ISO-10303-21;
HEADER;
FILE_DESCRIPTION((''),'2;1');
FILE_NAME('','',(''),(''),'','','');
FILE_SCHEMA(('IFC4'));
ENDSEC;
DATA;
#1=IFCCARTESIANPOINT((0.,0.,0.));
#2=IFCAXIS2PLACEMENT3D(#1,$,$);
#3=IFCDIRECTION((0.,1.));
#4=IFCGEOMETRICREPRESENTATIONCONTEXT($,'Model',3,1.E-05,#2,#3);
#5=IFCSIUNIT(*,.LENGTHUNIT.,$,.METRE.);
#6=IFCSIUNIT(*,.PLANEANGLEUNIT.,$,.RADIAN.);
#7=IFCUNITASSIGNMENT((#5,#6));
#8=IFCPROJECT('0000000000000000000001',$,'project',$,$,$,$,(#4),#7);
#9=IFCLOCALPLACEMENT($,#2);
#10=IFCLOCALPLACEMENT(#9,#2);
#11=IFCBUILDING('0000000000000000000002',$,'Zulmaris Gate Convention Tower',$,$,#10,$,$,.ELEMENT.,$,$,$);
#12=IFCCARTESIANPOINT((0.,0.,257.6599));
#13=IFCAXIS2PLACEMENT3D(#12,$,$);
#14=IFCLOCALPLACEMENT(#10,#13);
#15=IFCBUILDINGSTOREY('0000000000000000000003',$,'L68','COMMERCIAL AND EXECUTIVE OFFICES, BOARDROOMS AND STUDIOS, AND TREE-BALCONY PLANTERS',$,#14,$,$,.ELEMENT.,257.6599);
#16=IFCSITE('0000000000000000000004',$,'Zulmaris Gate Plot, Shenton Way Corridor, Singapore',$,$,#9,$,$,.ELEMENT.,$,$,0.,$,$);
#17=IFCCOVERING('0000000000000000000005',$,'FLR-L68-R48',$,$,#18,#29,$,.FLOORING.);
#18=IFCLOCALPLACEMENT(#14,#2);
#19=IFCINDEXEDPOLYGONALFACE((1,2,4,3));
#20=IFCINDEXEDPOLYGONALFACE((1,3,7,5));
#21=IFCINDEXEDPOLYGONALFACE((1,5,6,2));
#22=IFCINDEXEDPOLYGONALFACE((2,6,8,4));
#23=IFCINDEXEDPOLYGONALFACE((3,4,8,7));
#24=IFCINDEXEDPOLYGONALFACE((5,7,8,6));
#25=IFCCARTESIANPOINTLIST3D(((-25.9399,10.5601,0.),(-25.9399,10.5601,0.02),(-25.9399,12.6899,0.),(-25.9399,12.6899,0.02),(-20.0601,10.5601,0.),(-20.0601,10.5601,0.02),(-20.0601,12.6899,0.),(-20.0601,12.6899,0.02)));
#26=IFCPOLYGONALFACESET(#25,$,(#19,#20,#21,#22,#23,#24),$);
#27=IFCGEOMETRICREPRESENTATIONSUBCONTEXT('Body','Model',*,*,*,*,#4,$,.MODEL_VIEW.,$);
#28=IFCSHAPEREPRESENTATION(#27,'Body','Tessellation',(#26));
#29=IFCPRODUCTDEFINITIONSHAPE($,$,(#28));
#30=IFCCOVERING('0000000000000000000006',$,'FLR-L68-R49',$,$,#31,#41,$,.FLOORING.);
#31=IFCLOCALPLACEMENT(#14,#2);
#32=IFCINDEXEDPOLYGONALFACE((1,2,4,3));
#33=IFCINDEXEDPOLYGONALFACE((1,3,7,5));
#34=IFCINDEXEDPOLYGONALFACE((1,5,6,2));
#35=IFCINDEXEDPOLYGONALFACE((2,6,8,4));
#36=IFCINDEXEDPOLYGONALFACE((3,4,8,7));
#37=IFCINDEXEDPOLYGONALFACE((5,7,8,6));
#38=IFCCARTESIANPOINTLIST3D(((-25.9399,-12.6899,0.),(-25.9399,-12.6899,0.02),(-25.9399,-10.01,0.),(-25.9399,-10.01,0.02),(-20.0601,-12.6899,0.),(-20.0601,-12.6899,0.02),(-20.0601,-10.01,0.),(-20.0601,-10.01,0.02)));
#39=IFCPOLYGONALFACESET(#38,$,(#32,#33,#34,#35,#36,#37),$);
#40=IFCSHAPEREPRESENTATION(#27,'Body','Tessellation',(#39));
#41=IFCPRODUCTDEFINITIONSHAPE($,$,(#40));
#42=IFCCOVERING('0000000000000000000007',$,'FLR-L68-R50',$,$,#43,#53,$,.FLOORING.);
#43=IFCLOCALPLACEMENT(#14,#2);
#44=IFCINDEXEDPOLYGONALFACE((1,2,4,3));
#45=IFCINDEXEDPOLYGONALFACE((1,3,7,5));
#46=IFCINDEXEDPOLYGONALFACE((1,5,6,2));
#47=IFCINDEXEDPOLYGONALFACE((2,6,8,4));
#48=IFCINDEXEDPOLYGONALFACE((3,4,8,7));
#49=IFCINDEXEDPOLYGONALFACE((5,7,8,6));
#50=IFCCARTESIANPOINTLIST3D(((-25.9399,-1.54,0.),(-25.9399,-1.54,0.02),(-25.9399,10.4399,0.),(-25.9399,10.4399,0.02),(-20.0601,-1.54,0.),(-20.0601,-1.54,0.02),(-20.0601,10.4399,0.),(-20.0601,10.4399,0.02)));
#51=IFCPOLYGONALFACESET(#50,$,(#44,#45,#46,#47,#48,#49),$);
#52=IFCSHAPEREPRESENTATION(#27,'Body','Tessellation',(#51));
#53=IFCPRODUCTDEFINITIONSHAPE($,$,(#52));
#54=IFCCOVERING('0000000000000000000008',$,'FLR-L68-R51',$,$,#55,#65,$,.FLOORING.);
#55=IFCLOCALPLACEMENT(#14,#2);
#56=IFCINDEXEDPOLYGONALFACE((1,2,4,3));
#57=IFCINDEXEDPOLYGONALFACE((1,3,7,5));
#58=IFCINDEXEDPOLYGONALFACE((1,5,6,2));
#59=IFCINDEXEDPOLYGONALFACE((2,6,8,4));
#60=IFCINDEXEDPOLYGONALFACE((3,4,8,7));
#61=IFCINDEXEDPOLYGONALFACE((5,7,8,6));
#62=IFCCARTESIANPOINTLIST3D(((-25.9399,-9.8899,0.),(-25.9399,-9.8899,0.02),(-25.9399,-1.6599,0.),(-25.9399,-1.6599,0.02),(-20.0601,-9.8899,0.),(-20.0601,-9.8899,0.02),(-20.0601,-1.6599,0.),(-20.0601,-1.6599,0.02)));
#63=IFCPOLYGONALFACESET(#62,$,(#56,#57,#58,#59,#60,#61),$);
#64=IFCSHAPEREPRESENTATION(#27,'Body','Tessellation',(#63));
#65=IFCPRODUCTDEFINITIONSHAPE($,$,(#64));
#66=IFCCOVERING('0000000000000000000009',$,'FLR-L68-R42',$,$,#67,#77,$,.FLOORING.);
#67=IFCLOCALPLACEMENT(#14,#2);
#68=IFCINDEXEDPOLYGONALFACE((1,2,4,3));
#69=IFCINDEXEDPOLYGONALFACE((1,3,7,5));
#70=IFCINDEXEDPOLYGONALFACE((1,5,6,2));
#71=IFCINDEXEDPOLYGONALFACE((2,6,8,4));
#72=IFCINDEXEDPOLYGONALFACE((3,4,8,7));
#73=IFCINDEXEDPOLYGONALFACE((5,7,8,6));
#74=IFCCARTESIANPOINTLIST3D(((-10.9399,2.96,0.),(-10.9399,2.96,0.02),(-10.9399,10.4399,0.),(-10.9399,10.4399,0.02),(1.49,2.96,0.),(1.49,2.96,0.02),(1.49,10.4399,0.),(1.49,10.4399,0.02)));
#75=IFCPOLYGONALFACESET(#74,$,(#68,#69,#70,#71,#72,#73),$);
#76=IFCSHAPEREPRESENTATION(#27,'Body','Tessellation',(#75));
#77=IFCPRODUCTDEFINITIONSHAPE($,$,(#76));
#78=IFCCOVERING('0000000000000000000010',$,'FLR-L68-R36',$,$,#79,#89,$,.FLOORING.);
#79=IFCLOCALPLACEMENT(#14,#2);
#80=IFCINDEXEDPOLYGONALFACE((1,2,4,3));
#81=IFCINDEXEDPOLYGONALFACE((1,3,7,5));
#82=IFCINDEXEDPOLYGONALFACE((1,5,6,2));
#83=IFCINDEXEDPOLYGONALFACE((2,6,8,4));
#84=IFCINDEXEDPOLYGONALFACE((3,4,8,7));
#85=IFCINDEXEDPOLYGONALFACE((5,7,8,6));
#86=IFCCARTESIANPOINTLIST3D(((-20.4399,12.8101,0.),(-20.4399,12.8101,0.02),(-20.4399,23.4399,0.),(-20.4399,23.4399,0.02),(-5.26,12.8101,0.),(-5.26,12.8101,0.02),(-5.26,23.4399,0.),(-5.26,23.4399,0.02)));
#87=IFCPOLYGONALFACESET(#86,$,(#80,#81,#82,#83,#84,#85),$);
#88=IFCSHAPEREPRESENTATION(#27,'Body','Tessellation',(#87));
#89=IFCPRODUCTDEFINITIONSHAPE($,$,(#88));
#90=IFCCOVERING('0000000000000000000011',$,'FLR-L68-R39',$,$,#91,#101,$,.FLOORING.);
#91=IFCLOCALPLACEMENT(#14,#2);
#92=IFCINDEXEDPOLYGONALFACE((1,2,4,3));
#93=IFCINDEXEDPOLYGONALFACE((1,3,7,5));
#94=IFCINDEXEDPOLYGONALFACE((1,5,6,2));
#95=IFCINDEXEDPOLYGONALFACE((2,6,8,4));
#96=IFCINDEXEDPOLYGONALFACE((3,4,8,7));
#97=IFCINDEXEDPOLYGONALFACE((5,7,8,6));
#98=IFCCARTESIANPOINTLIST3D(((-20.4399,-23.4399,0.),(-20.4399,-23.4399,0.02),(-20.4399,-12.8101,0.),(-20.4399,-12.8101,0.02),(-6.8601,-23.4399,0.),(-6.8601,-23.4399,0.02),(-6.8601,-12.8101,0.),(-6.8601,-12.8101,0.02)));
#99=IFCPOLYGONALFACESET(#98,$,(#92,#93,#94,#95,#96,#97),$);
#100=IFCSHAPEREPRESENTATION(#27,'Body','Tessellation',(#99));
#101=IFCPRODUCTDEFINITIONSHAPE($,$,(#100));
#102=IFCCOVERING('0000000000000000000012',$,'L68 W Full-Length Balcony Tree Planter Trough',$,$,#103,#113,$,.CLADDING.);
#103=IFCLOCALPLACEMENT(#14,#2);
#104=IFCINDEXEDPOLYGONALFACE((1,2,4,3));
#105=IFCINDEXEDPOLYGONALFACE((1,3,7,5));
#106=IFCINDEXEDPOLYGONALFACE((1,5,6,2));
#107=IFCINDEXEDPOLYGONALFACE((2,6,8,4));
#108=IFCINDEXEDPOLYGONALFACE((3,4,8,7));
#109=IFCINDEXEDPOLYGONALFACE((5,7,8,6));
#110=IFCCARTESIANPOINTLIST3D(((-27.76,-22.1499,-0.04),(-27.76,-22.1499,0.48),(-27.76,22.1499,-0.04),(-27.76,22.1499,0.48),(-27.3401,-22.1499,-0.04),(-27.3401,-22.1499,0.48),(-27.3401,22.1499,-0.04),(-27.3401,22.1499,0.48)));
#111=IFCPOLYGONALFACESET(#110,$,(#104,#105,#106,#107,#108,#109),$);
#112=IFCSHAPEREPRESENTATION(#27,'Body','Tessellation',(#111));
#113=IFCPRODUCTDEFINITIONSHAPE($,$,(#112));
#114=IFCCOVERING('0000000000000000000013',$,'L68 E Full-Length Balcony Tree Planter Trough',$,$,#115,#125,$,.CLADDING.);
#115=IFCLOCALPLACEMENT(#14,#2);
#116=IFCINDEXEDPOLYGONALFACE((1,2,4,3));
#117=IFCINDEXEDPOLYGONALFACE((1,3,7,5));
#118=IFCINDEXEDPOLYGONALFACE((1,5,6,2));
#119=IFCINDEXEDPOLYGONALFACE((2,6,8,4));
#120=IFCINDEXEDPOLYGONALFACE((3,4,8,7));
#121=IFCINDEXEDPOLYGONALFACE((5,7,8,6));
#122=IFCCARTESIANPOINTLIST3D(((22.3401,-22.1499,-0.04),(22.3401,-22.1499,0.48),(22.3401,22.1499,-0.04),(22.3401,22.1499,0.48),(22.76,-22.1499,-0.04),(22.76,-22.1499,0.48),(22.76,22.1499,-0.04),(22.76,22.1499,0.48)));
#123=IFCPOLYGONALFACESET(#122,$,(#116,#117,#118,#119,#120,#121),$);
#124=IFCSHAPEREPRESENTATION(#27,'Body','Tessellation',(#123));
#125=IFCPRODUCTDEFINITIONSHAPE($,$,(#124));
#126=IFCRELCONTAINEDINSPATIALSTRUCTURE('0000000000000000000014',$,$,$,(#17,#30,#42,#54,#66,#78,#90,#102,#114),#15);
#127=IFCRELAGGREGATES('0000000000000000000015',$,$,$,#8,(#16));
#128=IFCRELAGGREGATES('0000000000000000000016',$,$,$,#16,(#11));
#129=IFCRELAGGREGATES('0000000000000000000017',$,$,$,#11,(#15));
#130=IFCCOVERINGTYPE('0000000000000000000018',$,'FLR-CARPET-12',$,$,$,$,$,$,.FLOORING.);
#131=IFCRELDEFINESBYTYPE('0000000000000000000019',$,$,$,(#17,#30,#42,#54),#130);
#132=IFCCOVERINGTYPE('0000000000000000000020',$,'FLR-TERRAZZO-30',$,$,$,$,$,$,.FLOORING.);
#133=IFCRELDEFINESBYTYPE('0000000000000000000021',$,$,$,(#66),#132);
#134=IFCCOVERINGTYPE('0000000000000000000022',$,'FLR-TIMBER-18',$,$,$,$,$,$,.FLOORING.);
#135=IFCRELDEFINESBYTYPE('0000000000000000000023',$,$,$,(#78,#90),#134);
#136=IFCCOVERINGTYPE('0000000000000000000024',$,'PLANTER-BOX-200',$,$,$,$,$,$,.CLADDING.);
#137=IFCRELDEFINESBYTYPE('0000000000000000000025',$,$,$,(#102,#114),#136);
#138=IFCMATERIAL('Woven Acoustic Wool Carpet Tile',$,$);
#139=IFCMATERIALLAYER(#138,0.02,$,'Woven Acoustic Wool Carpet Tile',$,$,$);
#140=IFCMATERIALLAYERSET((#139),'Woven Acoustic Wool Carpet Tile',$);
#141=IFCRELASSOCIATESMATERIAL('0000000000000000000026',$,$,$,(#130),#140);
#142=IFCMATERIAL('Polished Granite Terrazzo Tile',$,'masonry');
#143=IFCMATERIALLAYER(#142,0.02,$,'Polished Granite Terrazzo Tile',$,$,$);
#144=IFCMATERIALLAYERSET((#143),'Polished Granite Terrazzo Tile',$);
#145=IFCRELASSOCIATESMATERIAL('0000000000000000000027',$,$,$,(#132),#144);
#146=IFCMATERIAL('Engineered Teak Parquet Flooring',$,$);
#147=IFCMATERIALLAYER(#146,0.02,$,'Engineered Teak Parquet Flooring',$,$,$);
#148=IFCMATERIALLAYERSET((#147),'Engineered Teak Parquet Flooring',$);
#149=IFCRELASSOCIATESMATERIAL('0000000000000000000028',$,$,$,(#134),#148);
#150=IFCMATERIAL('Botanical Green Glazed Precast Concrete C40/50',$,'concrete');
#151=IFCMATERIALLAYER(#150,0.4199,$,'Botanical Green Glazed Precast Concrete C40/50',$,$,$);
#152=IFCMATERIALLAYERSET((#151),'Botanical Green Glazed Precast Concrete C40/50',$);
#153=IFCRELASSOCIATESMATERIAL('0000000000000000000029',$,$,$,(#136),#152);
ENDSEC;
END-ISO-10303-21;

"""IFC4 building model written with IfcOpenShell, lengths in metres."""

from ifc_helpers import new_model, si_unit, direction, frame, origin, place, context, subcontext, project, spatial, polyline, outline, extrude, material, layer, layer_set, type_object, element, save


model = new_model("IFC4")

# Units and contexts
model_context = context("Model", 3, precision=1e-05, world=origin(), true_north=direction((0.0, 1.0)))
body_context = subcontext(model_context, "Body", "Model", "MODEL_VIEW")
ifc_project = project(units=[si_unit("LENGTHUNIT", "METRE"), si_unit("PLANEANGLEUNIT", "RADIAN")], contexts=[model_context])

# Site, building, storey
site_placement = place(None, origin())
site = spatial("IfcSite", under=ifc_project, at=site_placement, Name="Zulmaris Gate Plot, Shenton Way Corridor, Singapore", CompositionType="ELEMENT", RefElevation=0.0)
building_placement = place(site_placement, origin())
building = spatial("IfcBuilding", under=site, at=building_placement, Name="Zulmaris Gate Convention Tower", CompositionType="ELEMENT")
storey_placement = place(building_placement, frame((0.0, 0.0, 257.6599)))
storey = spatial("IfcBuildingStorey", under=building, at=storey_placement, Name="L68", Description="COMMERCIAL AND EXECUTIVE OFFICES, BOARDROOMS AND STUDIOS, AND TREE-BALCONY PLANTERS", CompositionType="ELEMENT", Elevation=257.6599)

# Coverings
ifc_material_1 = material(Name="Woven Acoustic Wool Carpet Tile")
ifc_layer_1 = layer(ifc_material_1, 0.02, Name="Woven Acoustic Wool Carpet Tile")
ifc_layer_set_1 = layer_set([ifc_layer_1], Name="Woven Acoustic Wool Carpet Tile")
covering_type_1 = type_object("IfcCoveringType", Name="FLR-CARPET-12", PredefinedType="FLOORING", material=ifc_layer_set_1)
covering_1_placement = place(storey_placement, origin())
element("IfcCovering", 1, at=covering_1_placement, inside=storey, type_object=covering_type_1, Name="FLR-L68-R48", PredefinedType="FLOORING", context=body_context, shape_type="SweptSolid", body=[
    extrude(outline(polyline([(-25.9399, 10.5601), (-20.0601, 10.5601), (-20.0601, 12.6899), (-25.9399, 12.6899), (-25.9399, 10.5601)])), origin(), (0.0, 0.0, 1.0), 0.02),
])
covering_2_placement = place(storey_placement, origin())
element("IfcCovering", 2, at=covering_2_placement, inside=storey, type_object=covering_type_1, Name="FLR-L68-R49", PredefinedType="FLOORING", context=body_context, shape_type="SweptSolid", body=[
    extrude(outline(polyline([(-25.9399, -12.6899), (-20.0601, -12.6899), (-20.0601, -10.01), (-25.9399, -10.01), (-25.9399, -12.6899)])), origin(), (0.0, 0.0, 1.0), 0.02),
])
covering_3_placement = place(storey_placement, origin())
element("IfcCovering", 3, at=covering_3_placement, inside=storey, type_object=covering_type_1, Name="FLR-L68-R50", PredefinedType="FLOORING", context=body_context, shape_type="SweptSolid", body=[
    extrude(outline(polyline([(-25.9399, -1.54), (-20.0601, -1.54), (-20.0601, 10.4399), (-25.9399, 10.4399), (-25.9399, -1.54)])), origin(), (0.0, 0.0, 1.0), 0.02),
])
covering_4_placement = place(storey_placement, origin())
element("IfcCovering", 4, at=covering_4_placement, inside=storey, type_object=covering_type_1, Name="FLR-L68-R51", PredefinedType="FLOORING", context=body_context, shape_type="SweptSolid", body=[
    extrude(outline(polyline([(-25.9399, -9.8899), (-20.0601, -9.8899), (-20.0601, -1.6599), (-25.9399, -1.6599), (-25.9399, -9.8899)])), origin(), (0.0, 0.0, 1.0), 0.02),
])
ifc_material_2 = material(Name="Polished Granite Terrazzo Tile", Category="masonry")
ifc_layer_2 = layer(ifc_material_2, 0.02, Name="Polished Granite Terrazzo Tile")
ifc_layer_set_2 = layer_set([ifc_layer_2], Name="Polished Granite Terrazzo Tile")
covering_type_2 = type_object("IfcCoveringType", Name="FLR-TERRAZZO-30", PredefinedType="FLOORING", material=ifc_layer_set_2)
covering_5_placement = place(storey_placement, origin())
element("IfcCovering", 5, at=covering_5_placement, inside=storey, type_object=covering_type_2, Name="FLR-L68-R42", PredefinedType="FLOORING", context=body_context, shape_type="SweptSolid", body=[
    extrude(outline(polyline([(-10.9399, 2.96), (1.49, 2.96), (1.49, 10.4399), (-10.9399, 10.4399), (-10.9399, 2.96)])), origin(), (0.0, 0.0, 1.0), 0.02),
])
ifc_material_3 = material(Name="Engineered Teak Parquet Flooring")
ifc_layer_3 = layer(ifc_material_3, 0.02, Name="Engineered Teak Parquet Flooring")
ifc_layer_set_3 = layer_set([ifc_layer_3], Name="Engineered Teak Parquet Flooring")
covering_type_3 = type_object("IfcCoveringType", Name="FLR-TIMBER-18", PredefinedType="FLOORING", material=ifc_layer_set_3)
covering_6_placement = place(storey_placement, origin())
element("IfcCovering", 6, at=covering_6_placement, inside=storey, type_object=covering_type_3, Name="FLR-L68-R36", PredefinedType="FLOORING", context=body_context, shape_type="SweptSolid", body=[
    extrude(outline(polyline([(-20.4399, 12.8101), (-5.26, 12.8101), (-5.26, 23.4399), (-20.4399, 23.4399), (-20.4399, 12.8101)])), origin(), (0.0, 0.0, 1.0), 0.02),
])
covering_7_placement = place(storey_placement, origin())
element("IfcCovering", 7, at=covering_7_placement, inside=storey, type_object=covering_type_3, Name="FLR-L68-R39", PredefinedType="FLOORING", context=body_context, shape_type="SweptSolid", body=[
    extrude(outline(polyline([(-20.4399, -23.4399), (-6.8601, -23.4399), (-6.8601, -12.8101), (-20.4399, -12.8101), (-20.4399, -23.4399)])), origin(), (0.0, 0.0, 1.0), 0.02),
])
ifc_material_4 = material(Name="Botanical Green Glazed Precast Concrete C40/50", Category="concrete")
ifc_layer_4 = layer(ifc_material_4, 0.4199, Name="Botanical Green Glazed Precast Concrete C40/50")
ifc_layer_set_4 = layer_set([ifc_layer_4], Name="Botanical Green Glazed Precast Concrete C40/50")
covering_type_4 = type_object("IfcCoveringType", Name="PLANTER-BOX-200", PredefinedType="CLADDING", material=ifc_layer_set_4)
covering_8_placement = place(storey_placement, frame((0.0, 0.0, -0.04)))
element("IfcCovering", 8, at=covering_8_placement, inside=storey, type_object=covering_type_4, Name="L68 W Full-Length Balcony Tree Planter Trough", PredefinedType="CLADDING", context=body_context, shape_type="SweptSolid", body=[
    extrude(outline(polyline([(-27.76, -22.1499), (-27.3401, -22.1499), (-27.3401, 22.1499), (-27.76, 22.1499), (-27.76, -22.1499)])), origin(), (0.0, 0.0, 1.0), 0.52),
])
covering_9_placement = place(storey_placement, frame((0.0, 0.0, -0.04)))
element("IfcCovering", 9, at=covering_9_placement, inside=storey, type_object=covering_type_4, Name="L68 E Full-Length Balcony Tree Planter Trough", PredefinedType="CLADDING", context=body_context, shape_type="SweptSolid", body=[
    extrude(outline(polyline([(22.3401, -22.1499), (22.76, -22.1499), (22.76, 22.1499), (22.3401, 22.1499), (22.3401, -22.1499)])), origin(), (0.0, 0.0, 1.0), 0.52),
])

save(model, "model.ifc")
